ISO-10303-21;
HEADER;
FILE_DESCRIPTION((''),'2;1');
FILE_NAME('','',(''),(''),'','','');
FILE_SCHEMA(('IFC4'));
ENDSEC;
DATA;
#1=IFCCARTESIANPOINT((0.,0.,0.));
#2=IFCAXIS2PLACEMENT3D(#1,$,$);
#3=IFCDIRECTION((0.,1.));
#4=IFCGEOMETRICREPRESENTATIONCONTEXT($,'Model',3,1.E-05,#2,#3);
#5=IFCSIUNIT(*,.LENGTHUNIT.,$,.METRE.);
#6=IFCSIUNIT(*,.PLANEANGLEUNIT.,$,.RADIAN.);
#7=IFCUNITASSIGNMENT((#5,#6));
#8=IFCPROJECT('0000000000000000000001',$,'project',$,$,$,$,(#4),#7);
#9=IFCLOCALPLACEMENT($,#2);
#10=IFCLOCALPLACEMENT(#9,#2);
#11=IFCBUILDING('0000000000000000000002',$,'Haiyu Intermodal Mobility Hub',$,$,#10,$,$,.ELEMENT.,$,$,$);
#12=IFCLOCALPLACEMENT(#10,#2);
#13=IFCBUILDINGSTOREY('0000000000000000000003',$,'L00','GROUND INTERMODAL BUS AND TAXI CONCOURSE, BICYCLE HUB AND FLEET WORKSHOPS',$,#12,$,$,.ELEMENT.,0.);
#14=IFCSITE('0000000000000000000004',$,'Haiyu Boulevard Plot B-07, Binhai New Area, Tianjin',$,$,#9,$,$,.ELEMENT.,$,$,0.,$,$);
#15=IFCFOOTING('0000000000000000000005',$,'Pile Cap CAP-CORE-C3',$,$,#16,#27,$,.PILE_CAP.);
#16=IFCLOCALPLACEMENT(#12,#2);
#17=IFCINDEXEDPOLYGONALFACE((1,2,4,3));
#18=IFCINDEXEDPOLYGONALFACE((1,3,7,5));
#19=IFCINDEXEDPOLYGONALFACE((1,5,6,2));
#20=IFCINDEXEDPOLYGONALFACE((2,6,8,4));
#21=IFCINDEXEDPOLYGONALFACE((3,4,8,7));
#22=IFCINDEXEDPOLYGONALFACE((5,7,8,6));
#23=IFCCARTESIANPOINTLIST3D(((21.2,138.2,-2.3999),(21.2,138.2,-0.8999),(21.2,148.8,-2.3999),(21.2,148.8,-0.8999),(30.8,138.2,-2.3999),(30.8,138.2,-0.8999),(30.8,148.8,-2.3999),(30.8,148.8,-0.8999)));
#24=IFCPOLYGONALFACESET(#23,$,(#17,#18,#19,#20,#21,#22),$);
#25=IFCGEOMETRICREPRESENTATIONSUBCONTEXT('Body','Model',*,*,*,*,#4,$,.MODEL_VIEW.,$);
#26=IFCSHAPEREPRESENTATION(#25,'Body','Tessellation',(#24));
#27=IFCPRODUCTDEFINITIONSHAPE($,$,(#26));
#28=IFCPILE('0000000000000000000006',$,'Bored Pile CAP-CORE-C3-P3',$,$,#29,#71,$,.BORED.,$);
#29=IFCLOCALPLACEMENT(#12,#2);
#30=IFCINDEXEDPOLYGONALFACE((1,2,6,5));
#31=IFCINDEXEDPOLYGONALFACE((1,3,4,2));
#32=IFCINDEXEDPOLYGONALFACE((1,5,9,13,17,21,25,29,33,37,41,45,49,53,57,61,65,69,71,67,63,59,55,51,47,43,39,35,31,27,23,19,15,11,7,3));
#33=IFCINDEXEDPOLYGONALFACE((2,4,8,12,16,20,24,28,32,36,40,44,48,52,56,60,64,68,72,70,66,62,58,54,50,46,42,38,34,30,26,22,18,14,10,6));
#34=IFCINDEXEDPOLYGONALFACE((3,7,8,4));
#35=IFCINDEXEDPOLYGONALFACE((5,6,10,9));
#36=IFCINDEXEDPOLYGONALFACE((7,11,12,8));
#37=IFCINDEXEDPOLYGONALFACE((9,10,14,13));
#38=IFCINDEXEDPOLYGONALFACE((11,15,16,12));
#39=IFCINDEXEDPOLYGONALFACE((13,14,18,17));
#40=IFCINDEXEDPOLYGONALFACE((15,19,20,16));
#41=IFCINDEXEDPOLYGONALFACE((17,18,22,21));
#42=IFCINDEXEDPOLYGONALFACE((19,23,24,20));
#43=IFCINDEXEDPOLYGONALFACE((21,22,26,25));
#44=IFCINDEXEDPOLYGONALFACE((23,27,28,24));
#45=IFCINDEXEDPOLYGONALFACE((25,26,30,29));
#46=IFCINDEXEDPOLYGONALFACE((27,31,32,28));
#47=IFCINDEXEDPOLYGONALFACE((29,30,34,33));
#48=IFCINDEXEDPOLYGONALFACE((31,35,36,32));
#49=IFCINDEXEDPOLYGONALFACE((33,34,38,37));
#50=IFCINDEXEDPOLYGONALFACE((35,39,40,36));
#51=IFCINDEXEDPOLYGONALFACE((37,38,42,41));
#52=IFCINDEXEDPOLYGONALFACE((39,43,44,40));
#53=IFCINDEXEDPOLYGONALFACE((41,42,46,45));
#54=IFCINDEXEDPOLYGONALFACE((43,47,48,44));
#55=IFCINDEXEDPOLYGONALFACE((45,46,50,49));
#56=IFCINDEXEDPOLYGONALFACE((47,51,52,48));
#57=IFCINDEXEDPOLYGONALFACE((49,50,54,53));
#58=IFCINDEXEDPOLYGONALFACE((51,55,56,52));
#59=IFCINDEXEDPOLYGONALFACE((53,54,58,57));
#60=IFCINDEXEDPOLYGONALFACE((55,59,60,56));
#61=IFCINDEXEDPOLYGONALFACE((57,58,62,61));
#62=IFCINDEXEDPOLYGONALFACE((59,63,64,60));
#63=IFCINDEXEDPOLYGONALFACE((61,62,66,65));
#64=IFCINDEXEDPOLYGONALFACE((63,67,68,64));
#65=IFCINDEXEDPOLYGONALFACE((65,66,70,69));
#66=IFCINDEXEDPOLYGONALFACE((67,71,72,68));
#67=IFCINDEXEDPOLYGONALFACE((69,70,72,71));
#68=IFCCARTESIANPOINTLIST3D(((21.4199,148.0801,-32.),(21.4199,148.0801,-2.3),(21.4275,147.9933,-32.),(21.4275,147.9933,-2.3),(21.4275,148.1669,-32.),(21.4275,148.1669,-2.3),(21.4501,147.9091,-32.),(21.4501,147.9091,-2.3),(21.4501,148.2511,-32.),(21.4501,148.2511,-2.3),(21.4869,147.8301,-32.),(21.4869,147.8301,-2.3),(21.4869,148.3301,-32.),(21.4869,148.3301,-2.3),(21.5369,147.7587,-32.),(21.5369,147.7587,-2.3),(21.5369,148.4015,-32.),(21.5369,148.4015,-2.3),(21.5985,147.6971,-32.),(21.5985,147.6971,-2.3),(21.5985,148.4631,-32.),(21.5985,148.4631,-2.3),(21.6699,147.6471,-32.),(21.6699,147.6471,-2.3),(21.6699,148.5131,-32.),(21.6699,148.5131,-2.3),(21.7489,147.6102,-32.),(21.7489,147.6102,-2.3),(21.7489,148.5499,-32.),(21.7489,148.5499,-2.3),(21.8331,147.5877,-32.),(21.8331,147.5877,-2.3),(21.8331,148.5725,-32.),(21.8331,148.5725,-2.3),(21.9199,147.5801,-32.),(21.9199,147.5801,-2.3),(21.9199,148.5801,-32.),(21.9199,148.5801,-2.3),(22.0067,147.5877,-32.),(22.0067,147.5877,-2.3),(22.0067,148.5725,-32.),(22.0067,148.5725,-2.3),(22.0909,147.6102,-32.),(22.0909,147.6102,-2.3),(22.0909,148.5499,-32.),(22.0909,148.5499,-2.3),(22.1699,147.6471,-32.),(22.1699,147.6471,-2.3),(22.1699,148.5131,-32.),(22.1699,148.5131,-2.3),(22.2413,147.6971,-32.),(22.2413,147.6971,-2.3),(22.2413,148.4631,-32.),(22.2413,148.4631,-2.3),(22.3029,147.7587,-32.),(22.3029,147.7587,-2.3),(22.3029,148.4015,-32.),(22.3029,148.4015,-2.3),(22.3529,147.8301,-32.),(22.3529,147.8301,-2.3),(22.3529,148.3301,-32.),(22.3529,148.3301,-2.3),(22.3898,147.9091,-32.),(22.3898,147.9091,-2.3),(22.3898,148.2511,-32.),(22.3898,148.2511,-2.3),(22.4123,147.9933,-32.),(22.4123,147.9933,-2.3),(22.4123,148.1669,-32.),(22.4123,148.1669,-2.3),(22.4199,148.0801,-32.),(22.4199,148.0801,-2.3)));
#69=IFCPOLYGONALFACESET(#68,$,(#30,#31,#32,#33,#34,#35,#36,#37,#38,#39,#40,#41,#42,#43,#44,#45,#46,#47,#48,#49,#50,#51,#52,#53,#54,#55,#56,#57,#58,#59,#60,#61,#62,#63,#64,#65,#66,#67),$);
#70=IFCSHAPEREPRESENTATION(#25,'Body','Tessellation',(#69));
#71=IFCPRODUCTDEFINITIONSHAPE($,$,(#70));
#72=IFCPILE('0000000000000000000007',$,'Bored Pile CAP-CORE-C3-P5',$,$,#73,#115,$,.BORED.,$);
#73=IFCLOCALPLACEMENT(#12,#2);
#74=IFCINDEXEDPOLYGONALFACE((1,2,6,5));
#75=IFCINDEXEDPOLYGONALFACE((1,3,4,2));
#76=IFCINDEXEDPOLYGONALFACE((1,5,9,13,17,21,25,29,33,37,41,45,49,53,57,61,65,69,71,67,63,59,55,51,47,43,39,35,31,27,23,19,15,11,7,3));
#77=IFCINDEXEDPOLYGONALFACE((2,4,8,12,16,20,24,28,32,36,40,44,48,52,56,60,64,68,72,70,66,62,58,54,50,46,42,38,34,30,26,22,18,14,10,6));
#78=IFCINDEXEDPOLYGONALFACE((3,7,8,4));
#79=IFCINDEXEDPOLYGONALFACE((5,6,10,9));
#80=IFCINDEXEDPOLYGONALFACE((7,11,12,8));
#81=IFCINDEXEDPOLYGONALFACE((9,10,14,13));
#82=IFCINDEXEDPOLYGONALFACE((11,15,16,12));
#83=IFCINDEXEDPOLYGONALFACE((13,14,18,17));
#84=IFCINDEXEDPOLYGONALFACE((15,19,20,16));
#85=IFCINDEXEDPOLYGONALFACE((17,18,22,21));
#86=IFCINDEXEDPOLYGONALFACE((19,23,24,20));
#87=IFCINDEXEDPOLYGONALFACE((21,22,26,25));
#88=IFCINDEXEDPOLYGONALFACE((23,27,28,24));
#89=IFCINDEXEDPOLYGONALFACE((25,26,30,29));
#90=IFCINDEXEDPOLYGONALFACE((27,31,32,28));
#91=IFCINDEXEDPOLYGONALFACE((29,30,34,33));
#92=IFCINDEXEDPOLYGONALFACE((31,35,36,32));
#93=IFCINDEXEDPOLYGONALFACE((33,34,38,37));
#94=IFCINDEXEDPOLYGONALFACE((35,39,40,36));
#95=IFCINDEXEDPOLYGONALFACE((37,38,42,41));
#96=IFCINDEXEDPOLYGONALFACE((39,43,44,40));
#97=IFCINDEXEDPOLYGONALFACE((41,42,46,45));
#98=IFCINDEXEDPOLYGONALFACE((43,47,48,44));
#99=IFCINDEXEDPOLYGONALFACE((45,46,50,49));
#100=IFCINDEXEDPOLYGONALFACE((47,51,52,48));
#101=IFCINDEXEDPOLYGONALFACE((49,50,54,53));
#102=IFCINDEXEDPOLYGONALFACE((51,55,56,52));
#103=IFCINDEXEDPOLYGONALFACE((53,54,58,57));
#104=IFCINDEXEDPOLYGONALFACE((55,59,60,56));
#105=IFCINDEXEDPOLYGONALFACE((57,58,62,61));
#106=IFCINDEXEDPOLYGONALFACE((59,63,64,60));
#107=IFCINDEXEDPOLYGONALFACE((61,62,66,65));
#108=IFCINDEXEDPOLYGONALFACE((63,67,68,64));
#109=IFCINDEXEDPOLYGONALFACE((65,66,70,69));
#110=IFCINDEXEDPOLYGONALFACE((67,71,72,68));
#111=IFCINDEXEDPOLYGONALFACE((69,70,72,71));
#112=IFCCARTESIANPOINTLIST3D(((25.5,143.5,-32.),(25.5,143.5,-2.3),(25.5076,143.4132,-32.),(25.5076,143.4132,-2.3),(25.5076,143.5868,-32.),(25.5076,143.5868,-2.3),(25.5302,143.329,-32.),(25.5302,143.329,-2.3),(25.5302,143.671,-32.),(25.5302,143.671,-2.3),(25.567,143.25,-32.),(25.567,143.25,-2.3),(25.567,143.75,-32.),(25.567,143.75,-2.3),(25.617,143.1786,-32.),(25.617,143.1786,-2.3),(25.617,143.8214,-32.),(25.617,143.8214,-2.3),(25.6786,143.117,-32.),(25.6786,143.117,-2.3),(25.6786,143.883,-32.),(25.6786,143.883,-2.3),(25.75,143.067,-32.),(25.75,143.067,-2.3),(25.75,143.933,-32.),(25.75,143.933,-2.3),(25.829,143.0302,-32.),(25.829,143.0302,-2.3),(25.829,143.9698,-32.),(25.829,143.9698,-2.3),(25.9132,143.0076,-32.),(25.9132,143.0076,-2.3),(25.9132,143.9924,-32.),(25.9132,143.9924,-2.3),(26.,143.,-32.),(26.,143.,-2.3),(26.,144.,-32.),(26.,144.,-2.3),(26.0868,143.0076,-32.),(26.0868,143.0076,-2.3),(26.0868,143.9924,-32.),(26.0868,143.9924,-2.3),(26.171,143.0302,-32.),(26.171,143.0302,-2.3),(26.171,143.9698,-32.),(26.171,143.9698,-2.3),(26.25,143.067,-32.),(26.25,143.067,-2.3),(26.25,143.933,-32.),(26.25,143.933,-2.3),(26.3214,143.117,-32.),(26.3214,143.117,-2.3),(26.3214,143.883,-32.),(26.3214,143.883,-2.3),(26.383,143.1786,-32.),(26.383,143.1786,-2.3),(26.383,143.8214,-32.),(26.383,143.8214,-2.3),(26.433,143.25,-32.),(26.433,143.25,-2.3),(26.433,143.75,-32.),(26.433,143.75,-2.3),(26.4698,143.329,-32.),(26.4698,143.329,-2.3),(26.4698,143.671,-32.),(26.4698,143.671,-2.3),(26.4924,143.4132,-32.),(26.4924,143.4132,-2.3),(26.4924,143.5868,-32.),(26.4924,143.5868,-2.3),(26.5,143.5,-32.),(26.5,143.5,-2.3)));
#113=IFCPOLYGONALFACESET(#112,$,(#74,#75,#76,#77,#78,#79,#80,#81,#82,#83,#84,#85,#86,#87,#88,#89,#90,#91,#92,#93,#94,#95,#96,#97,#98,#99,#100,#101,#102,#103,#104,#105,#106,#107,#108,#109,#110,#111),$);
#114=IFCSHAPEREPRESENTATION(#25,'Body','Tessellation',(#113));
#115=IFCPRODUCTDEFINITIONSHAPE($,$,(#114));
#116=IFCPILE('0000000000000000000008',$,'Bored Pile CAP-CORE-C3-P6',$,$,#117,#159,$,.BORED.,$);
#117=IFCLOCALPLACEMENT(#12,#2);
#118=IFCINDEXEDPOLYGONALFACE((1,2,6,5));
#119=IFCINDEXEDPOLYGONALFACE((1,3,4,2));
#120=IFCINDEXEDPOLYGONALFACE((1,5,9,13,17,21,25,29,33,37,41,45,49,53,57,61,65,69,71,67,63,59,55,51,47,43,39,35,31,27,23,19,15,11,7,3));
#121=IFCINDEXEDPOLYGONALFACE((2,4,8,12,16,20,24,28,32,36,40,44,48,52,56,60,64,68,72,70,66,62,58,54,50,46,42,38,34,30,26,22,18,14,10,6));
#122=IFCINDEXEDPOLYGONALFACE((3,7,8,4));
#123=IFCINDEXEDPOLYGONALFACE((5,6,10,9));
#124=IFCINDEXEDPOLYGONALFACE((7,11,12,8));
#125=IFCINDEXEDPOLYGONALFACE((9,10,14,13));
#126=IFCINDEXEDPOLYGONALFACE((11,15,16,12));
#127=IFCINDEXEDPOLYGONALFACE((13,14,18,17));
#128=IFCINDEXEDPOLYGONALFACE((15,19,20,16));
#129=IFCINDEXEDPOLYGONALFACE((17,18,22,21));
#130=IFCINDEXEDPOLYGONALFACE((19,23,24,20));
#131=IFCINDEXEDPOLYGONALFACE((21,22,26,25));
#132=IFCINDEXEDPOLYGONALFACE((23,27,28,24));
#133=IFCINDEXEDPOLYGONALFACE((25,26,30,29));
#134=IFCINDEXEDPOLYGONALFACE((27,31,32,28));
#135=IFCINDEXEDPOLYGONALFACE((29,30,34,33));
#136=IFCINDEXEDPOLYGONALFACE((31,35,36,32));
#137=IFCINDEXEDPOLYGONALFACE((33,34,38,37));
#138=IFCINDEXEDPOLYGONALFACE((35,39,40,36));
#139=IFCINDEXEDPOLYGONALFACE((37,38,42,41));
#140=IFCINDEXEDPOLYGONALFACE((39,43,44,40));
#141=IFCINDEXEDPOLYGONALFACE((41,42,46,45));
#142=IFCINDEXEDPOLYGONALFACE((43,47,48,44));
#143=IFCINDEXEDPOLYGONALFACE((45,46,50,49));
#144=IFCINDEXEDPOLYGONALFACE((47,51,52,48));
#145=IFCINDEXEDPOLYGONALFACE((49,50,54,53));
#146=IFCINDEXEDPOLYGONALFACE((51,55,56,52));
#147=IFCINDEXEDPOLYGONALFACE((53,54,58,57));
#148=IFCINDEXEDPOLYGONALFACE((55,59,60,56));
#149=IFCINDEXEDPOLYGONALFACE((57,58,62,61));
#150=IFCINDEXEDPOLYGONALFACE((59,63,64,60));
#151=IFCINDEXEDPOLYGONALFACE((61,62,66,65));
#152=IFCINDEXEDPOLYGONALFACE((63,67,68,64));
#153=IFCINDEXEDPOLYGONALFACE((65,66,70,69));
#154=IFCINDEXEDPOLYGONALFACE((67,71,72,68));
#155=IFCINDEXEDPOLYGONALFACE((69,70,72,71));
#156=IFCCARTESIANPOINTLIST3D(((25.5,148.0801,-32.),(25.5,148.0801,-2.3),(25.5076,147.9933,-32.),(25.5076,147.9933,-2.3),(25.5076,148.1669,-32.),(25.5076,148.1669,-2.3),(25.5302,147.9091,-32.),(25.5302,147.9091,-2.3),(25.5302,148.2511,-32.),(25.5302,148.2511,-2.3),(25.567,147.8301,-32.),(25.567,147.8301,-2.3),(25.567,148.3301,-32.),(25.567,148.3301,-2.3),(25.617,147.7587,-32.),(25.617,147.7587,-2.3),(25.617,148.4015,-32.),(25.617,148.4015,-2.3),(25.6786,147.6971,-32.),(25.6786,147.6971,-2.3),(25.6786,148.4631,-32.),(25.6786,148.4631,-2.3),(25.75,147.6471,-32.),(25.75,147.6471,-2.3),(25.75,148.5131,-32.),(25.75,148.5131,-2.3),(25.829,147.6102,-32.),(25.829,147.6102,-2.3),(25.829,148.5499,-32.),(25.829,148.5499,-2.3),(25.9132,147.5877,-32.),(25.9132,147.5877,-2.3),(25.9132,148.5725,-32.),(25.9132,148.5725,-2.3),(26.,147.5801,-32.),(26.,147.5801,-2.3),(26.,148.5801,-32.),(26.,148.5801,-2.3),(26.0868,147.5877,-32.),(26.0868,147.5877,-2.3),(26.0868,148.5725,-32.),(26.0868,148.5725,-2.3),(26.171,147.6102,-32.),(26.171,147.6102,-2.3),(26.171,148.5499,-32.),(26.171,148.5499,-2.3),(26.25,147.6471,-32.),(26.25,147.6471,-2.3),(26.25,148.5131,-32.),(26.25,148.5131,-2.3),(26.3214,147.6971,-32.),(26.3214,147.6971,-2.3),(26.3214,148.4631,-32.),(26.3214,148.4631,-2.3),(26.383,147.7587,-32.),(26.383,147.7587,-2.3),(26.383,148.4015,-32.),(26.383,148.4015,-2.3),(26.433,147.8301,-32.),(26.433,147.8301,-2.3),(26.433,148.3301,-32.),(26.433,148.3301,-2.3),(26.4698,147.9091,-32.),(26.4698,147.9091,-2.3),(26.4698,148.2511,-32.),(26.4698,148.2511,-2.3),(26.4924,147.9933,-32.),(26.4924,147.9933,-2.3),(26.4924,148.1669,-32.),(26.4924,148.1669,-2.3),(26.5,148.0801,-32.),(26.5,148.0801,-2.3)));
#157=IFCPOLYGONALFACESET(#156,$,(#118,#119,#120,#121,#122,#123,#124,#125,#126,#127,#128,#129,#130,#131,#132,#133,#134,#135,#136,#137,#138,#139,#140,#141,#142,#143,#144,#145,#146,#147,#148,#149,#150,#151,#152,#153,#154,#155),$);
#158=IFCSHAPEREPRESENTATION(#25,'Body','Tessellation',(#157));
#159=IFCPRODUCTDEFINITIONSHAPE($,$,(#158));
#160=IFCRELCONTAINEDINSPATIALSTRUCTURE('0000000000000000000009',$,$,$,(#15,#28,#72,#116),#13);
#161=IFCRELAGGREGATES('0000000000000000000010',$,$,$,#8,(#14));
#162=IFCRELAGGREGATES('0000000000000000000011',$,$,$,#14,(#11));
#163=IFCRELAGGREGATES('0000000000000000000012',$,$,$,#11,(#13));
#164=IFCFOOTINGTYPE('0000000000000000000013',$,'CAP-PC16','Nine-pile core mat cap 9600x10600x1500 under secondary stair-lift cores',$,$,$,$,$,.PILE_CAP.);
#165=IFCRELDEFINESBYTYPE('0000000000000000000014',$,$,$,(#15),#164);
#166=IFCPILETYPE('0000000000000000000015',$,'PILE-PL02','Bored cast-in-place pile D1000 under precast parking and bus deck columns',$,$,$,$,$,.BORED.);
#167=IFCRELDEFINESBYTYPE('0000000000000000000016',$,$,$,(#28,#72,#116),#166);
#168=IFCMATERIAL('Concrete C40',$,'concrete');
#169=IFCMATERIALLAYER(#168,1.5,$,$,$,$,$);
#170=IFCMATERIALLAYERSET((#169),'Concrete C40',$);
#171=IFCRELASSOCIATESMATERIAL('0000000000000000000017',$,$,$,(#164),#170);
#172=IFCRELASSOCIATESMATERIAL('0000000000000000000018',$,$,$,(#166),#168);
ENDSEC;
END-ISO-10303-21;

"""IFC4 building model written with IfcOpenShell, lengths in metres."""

from ifc_helpers import new_model, si_unit, direction, frame, origin, origin_2d, place, context, subcontext, project, spatial, rectangle, circle, extrude, material, layer, layer_set, material_profile, profile_set, type_object, element, save


model = new_model("IFC4")

# Units and contexts
model_context = context("Model", 3, precision=1e-05, world=origin(), true_north=direction((0.0, 1.0)))
body_context = subcontext(model_context, "Body", "Model", "MODEL_VIEW")
ifc_project = project(units=[si_unit("LENGTHUNIT", "METRE"), si_unit("PLANEANGLEUNIT", "RADIAN")], contexts=[model_context])

# Site, building, storey
site_placement = place(None, origin())
site = spatial("IfcSite", under=ifc_project, at=site_placement, Name="Haiyu Boulevard Plot B-07, Binhai New Area, Tianjin", CompositionType="ELEMENT", RefElevation=0.0)
building_placement = place(site_placement, origin())
building = spatial("IfcBuilding", under=site, at=building_placement, Name="Haiyu Intermodal Mobility Hub", CompositionType="ELEMENT")
storey_placement = place(building_placement, origin())
storey = spatial("IfcBuildingStorey", under=building, at=storey_placement, Name="L00", Description="GROUND INTERMODAL BUS AND TAXI CONCOURSE, BICYCLE HUB AND FLEET WORKSHOPS", CompositionType="ELEMENT", Elevation=0.0)

# Footing
ifc_material_1 = material(Name="Concrete C40", Category="concrete")
ifc_layer_1 = layer(ifc_material_1, 1.5)
ifc_layer_set_1 = layer_set([ifc_layer_1], Name="Concrete C40")
footing_type = type_object("IfcFootingType", Name="CAP-PC16", Description="Nine-pile core mat cap 9600x10600x1500 under secondary stair-lift cores", PredefinedType="PILE_CAP", material=ifc_layer_set_1)
footing_placement = place(storey_placement, frame((26.0, 143.5, -2.3999), z_axis=(0.0, 0.0, 1.0), x_axis=(1.0, 0.0, 0.0)))
element("IfcFooting", 1, at=footing_placement, inside=storey, type_object=footing_type, Name="Pile Cap CAP-CORE-C3", PredefinedType="PILE_CAP", context=body_context, shape_type="SweptSolid", body=[
    extrude(rectangle(XDim=9.6001, YDim=10.6001, at=origin_2d()), origin(), (0.0, 0.0, 1.0), 1.5),
])

# Piles
ifc_material_profile_1 = material_profile(ifc_material_1, circle(Radius=0.5, at=origin_2d()), Name="PILE-D1000")
ifc_profile_set_1 = profile_set([ifc_material_profile_1], Name="Concrete C40")
pile_type = type_object("IfcPileType", Name="PILE-PL02", Description="Bored cast-in-place pile D1000 under precast parking and bus deck columns", PredefinedType="BORED", material=ifc_profile_set_1)
for number, where, z_axis, x_axis, name in (
    (2, (21.9199, 148.0801, -2.3), (0.0, 0.0, -1.0), (1.0, 0.0, 0.0), "Bored Pile CAP-CORE-C3-P3"),
    (3, (26.0, 143.5, -2.3), (0.0, 0.0, -1.0), (1.0, 0.0, 0.0), "Bored Pile CAP-CORE-C3-P5"),
    (4, (26.0, 148.0801, -2.3), (0.0, 0.0, -1.0), (1.0, 0.0, 0.0), "Bored Pile CAP-CORE-C3-P6"),
):
    element("IfcPile", number, at=place(storey_placement, frame(where, z_axis=z_axis, x_axis=x_axis)), inside=storey, type_object=pile_type, Name=name, PredefinedType="BORED", context=body_context, shape_type="SweptSolid", body=[
        extrude(circle(Radius=0.5, at=origin_2d()), origin(), (0.0, 0.0, 1.0), 29.7),
    ])

save(model, "model.ifc")
